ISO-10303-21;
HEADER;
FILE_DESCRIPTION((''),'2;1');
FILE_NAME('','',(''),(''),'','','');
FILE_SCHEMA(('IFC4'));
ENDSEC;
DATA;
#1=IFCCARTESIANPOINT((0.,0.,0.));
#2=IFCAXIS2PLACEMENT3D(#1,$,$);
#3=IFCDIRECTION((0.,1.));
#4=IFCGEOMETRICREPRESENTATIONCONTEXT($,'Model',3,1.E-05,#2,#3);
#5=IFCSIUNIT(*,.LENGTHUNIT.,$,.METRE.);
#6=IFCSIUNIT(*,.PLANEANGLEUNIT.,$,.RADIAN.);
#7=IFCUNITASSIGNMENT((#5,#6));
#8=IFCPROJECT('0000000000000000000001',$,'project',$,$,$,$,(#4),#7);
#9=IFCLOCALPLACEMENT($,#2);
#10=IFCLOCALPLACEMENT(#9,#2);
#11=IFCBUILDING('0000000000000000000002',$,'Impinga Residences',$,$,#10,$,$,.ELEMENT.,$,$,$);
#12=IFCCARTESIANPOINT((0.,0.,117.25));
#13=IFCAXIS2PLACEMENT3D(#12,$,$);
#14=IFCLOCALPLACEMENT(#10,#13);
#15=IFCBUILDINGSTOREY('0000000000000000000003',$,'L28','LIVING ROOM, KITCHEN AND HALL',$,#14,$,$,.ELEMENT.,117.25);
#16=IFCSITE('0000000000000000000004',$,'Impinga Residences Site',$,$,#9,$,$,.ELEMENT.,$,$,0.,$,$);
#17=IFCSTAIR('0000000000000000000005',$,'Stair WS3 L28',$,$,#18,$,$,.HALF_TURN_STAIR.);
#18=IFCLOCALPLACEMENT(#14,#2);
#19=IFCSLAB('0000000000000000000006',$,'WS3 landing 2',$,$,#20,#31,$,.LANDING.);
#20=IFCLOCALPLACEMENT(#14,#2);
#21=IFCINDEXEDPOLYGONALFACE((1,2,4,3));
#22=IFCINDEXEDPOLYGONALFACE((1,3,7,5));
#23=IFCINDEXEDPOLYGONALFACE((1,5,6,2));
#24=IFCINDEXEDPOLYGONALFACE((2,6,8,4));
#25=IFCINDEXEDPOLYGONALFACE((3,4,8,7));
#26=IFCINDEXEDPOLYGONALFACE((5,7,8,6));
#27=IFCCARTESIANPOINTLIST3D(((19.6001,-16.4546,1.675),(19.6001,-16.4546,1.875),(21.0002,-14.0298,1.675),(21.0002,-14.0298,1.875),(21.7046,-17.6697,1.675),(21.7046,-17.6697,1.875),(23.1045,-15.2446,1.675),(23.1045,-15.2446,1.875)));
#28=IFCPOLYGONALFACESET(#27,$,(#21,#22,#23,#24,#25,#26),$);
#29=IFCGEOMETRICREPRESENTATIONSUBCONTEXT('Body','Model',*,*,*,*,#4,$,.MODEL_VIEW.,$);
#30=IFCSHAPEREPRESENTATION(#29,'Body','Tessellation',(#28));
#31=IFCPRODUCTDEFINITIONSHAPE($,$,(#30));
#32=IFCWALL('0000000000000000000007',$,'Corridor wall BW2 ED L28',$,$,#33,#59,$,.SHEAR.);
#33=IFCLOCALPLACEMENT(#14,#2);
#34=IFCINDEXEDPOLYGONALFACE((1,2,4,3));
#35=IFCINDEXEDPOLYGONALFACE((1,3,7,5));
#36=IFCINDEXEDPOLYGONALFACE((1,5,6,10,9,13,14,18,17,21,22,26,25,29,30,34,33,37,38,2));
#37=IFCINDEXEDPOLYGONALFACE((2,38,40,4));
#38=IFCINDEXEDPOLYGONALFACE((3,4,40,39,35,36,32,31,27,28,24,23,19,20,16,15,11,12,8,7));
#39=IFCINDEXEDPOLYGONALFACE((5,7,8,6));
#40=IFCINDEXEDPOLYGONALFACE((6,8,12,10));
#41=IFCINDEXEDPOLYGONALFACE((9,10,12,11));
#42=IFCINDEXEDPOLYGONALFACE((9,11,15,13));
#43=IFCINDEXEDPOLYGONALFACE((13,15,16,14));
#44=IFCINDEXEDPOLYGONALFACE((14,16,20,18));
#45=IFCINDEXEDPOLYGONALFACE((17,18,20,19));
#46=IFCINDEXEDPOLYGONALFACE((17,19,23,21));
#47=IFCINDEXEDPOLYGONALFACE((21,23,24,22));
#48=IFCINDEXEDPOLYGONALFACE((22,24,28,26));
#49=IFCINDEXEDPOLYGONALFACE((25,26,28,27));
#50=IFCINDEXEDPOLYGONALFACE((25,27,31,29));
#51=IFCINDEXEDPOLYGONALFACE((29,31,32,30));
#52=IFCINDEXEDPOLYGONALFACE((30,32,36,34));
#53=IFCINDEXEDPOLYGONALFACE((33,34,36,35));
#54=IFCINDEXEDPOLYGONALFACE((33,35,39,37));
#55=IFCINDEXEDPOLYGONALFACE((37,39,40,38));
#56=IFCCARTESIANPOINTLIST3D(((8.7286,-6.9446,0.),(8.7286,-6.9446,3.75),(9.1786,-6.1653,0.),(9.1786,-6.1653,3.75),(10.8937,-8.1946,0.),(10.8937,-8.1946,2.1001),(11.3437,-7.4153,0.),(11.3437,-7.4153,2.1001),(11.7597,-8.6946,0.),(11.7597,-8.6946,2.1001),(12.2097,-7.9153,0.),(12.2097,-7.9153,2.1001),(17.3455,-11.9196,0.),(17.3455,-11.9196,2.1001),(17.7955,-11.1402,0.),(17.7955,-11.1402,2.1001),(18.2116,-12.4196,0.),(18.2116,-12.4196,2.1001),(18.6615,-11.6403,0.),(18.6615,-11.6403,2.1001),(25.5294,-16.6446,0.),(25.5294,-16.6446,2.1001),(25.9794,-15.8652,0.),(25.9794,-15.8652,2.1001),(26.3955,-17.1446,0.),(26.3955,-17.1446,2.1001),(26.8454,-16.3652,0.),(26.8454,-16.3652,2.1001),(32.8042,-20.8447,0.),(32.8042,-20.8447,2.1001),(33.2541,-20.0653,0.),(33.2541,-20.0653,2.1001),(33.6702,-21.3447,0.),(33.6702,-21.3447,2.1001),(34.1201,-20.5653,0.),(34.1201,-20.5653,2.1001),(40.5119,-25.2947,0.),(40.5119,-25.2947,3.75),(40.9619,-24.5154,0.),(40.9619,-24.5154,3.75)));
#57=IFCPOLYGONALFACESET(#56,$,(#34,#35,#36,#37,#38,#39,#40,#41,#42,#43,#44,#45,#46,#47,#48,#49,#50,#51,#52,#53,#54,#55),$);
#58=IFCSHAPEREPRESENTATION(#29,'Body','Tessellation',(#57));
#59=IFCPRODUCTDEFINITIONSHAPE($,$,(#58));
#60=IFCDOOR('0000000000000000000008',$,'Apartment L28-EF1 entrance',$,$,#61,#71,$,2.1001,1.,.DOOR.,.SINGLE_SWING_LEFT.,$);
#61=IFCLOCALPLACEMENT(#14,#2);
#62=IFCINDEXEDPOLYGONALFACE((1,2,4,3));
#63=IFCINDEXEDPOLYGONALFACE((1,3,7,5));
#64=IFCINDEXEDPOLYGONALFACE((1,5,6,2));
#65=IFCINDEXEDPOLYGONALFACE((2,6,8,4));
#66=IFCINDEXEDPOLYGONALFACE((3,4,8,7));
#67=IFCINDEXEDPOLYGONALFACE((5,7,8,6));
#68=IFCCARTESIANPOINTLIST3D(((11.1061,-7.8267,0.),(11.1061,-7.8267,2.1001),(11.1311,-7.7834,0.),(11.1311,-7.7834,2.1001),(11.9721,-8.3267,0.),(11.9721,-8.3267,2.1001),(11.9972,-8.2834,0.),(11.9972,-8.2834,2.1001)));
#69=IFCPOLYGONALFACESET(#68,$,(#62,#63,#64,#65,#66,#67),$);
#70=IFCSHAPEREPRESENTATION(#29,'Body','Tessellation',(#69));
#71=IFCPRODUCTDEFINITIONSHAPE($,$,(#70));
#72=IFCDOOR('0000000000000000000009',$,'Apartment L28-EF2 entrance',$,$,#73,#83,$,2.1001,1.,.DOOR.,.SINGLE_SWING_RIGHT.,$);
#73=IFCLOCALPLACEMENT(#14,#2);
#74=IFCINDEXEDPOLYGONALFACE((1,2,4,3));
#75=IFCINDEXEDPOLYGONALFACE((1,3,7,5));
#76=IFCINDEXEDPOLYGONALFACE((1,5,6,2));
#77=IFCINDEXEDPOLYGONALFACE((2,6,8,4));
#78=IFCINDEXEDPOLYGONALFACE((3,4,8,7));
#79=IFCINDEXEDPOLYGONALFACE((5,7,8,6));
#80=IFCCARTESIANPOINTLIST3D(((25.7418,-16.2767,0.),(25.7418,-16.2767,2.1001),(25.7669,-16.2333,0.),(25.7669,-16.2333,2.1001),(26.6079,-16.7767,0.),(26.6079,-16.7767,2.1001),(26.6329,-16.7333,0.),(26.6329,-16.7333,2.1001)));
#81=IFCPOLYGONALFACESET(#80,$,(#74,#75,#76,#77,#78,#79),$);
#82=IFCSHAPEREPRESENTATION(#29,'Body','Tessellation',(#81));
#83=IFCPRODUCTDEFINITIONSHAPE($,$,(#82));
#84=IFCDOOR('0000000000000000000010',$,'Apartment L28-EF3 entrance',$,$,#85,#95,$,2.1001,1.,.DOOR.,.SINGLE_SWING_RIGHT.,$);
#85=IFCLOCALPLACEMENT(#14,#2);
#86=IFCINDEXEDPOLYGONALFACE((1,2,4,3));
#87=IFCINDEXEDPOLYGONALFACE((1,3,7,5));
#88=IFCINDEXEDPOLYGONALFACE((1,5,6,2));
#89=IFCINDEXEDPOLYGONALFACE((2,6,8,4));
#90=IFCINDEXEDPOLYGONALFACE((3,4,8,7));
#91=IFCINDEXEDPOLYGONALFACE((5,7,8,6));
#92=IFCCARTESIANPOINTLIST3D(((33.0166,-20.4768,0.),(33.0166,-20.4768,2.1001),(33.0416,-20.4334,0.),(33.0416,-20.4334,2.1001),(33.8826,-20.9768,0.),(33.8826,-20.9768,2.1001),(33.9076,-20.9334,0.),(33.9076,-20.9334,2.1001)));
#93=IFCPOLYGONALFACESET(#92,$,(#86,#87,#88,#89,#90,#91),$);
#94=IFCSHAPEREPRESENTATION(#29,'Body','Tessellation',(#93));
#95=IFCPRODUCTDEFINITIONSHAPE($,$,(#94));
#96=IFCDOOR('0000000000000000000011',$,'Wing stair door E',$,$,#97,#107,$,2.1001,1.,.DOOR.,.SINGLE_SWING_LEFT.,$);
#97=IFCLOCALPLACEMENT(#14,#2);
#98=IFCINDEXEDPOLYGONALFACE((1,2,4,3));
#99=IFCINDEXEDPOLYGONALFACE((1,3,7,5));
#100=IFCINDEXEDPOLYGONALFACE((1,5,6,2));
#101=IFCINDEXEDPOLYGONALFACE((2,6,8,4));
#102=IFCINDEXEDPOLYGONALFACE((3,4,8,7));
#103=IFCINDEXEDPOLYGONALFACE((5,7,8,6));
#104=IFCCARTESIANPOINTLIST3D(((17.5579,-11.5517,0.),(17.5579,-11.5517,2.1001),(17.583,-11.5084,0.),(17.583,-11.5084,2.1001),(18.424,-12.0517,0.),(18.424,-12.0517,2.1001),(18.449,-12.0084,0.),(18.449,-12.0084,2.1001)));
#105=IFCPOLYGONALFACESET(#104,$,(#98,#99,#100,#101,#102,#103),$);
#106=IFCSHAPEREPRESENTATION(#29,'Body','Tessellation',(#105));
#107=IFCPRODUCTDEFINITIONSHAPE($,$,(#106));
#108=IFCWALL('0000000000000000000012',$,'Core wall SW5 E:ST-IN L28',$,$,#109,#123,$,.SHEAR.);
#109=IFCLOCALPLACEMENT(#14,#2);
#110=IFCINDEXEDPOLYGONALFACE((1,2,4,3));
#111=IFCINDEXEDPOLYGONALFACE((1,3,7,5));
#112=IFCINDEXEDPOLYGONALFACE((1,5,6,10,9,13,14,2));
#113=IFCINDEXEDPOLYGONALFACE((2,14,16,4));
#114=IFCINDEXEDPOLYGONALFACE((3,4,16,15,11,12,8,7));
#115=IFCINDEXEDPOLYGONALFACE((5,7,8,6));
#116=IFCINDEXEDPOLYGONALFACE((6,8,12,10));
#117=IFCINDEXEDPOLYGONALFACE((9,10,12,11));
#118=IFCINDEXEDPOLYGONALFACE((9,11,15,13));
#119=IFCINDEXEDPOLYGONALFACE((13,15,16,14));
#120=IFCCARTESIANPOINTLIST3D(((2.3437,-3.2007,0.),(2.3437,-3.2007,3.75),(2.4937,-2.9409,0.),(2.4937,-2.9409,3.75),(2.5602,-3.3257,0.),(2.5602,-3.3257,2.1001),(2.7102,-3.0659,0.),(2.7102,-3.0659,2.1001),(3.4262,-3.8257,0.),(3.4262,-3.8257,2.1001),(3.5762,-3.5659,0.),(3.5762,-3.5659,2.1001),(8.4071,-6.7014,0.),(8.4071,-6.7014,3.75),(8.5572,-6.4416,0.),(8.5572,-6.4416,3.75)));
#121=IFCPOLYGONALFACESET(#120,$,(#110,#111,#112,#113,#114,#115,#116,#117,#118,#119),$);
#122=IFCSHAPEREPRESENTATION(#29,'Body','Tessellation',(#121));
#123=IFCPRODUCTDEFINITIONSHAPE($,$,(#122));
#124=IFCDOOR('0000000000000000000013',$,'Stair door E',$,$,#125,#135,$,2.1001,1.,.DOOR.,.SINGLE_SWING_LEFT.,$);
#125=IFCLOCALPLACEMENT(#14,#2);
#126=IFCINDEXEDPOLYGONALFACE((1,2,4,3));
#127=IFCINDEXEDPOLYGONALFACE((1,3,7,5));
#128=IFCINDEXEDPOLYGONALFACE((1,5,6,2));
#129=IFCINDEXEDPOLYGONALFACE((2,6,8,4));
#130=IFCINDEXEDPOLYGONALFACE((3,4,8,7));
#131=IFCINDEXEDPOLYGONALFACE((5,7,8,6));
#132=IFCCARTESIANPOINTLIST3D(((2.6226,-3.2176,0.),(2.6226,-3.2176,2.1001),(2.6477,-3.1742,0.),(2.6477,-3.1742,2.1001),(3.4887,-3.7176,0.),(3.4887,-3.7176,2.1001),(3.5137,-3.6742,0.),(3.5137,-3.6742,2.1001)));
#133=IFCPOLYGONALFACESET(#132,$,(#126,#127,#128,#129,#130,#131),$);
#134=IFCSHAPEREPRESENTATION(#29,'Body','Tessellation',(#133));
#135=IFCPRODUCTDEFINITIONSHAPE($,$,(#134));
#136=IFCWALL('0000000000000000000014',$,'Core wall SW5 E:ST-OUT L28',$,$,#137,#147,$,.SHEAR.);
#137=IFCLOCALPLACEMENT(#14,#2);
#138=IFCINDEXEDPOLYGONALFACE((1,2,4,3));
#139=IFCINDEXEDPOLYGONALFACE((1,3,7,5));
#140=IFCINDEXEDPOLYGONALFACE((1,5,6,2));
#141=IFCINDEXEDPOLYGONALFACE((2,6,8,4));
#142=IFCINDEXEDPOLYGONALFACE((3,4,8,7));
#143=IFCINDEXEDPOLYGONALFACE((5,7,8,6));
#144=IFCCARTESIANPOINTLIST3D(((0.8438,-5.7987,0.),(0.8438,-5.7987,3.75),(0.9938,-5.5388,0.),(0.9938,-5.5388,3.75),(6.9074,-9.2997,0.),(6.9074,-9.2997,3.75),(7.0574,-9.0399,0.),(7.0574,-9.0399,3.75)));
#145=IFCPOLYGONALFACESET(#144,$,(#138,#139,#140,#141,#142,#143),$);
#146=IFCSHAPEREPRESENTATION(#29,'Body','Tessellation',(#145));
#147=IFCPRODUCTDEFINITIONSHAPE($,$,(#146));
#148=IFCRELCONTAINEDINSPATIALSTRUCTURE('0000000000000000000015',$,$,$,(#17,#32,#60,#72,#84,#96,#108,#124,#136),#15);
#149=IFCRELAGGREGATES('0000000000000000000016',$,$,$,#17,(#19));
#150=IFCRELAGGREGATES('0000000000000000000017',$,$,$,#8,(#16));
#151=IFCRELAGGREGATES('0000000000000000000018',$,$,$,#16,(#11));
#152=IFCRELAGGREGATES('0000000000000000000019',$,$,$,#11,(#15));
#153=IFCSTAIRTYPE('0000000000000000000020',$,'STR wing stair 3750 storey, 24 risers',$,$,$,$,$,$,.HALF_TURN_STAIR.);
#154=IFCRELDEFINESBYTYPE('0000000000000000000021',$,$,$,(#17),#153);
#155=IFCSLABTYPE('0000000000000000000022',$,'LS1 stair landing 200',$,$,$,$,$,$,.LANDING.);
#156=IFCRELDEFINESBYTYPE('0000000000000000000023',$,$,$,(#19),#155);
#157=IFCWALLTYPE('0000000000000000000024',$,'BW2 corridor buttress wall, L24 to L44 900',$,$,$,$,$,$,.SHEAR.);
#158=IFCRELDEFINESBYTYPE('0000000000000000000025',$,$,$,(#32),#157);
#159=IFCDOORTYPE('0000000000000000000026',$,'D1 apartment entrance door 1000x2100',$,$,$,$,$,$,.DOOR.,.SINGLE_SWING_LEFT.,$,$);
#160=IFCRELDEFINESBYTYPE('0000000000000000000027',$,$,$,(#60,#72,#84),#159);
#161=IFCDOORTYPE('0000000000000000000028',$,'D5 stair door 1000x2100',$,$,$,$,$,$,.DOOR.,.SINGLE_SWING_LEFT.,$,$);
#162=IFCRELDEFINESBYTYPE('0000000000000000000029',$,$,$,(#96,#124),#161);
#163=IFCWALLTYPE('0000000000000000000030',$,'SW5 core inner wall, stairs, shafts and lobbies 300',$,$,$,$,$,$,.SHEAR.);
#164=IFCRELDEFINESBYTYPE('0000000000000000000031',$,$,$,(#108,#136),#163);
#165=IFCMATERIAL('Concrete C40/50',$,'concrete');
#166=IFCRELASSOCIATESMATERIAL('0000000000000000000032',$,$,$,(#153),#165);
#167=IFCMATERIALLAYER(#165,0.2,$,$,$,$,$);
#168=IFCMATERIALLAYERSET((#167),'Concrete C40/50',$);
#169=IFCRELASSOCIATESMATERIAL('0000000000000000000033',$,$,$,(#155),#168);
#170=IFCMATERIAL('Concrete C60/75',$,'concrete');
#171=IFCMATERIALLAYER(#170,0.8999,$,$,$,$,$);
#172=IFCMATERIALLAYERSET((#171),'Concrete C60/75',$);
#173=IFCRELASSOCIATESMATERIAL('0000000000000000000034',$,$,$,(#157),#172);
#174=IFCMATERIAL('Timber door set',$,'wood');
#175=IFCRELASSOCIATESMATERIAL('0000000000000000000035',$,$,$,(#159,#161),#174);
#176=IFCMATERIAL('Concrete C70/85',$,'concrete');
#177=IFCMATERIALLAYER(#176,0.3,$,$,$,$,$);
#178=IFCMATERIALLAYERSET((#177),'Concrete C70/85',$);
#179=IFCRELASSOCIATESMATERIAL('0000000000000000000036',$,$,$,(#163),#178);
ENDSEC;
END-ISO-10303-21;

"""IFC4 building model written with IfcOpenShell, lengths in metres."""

from ifc_helpers import new_model, si_unit, direction, frame, frame_2d, origin, place, context, subcontext, project, spatial, polyline, rectangle, outline, extrude, material, layer, layer_set, type_object, element, fill, aggregate, save


model = new_model("IFC4")

# Units and contexts
model_context = context("Model", 3, precision=1e-05, world=origin(), true_north=direction((0.0, 1.0)))
body_context = subcontext(model_context, "Body", "Model", "MODEL_VIEW")
ifc_project = project(units=[si_unit("LENGTHUNIT", "METRE"), si_unit("PLANEANGLEUNIT", "RADIAN")], contexts=[model_context])

# Site, building, storey
site_placement = place(None, origin())
site = spatial("IfcSite", under=ifc_project, at=site_placement, Name="Impinga Residences Site", CompositionType="ELEMENT", RefElevation=0.0)
building_placement = place(site_placement, origin())
building = spatial("IfcBuilding", under=site, at=building_placement, Name="Impinga Residences", CompositionType="ELEMENT")
storey_placement = place(building_placement, frame((0.0, 0.0, 117.25)))
storey = spatial("IfcBuildingStorey", under=building, at=storey_placement, Name="L28", Description="LIVING ROOM, KITCHEN AND HALL", CompositionType="ELEMENT", Elevation=117.25)

# Stair, slab
ifc_material_1 = material(Name="Concrete C40/50", Category="concrete")
stair_type_1 = type_object("IfcStairType", Name="STR wing stair 3750 storey, 24 risers", PredefinedType="HALF_TURN_STAIR", material=ifc_material_1)
stair_1_placement = place(storey_placement, origin())
stair_1 = element("IfcStair", 1, at=stair_1_placement, inside=storey, type_object=stair_type_1, Name="Stair WS3 L28", PredefinedType="HALF_TURN_STAIR")
ifc_layer_1 = layer(ifc_material_1, 0.2)
ifc_layer_set_1 = layer_set([ifc_layer_1], Name="Concrete C40/50")
slab_type = type_object("IfcSlabType", Name="LS1 stair landing 200", PredefinedType="LANDING", material=ifc_layer_set_1)
slab_placement = place(storey_placement, frame((0.0, 0.0, 1.675)))
slab = element("IfcSlab", 2, at=slab_placement, type_object=slab_type, Name="WS3 landing 2", PredefinedType="LANDING", context=body_context, shape_type="SweptSolid", body=[
    extrude(outline(polyline([(21.0002, -14.0298), (19.6001, -16.4546), (21.7046, -17.6697), (23.1045, -15.2446), (21.0002, -14.0298)])), origin(), (0.0, 0.0, 1.0), 0.2),
])
aggregate(stair_1, [slab])

# Wall, openings, doors
ifc_material_2 = material(Name="Concrete C60/75", Category="concrete")
ifc_layer_2 = layer(ifc_material_2, 0.8999)
ifc_layer_set_2 = layer_set([ifc_layer_2], Name="Concrete C60/75")
wall_type_1 = type_object("IfcWallType", Name="BW2 corridor buttress wall, L24 to L44 900", PredefinedType="SHEAR", material=ifc_layer_set_2)
wall_1_placement = place(storey_placement, frame((8.9536, -6.5549, 0.0), z_axis=(0.0, 0.0, 1.0), x_axis=(0.866025, -0.500001, 0.0)))
wall_1 = element("IfcWall", 3, at=wall_1_placement, inside=storey, type_object=wall_type_1, Name="Corridor wall BW2 ED L28", PredefinedType="SHEAR", context=body_context, shape_type="SweptSolid", body=[
    extrude(rectangle(XDim=36.7002, YDim=0.8999, at=frame_2d((18.3501, 0.0))), origin(), (0.0, 0.0, 1.0), 3.75),
])
opening_1_placement = place(wall_1_placement, frame((9.95, 0.0, 0.0)))
opening_1 = element("IfcOpeningElement", 4, at=opening_1_placement, cuts=wall_1, PredefinedType="OPENING", context=body_context, shape_type="SweptSolid", body=[
    extrude(rectangle(XDim=1.0, YDim=2.1001, at=frame_2d((0.5, 1.05))), frame((0.0, 0.46, 0.0), z_axis=(0.0, -1.0, 0.0), x_axis=(1.0, 0.0, 0.0)), (0.0, 0.0, 1.0), 0.9199),
])
opening_2_placement = place(wall_1_placement, frame((2.5, 0.0, 0.0)))
opening_2 = element("IfcOpeningElement", 5, at=opening_2_placement, cuts=wall_1, PredefinedType="OPENING", context=body_context, shape_type="SweptSolid", body=[
    extrude(rectangle(XDim=1.0, YDim=2.1001, at=frame_2d((0.5, 1.05))), frame((0.0, 0.46, 0.0), z_axis=(0.0, -1.0, 0.0), x_axis=(1.0, 0.0, 0.0)), (0.0, 0.0, 1.0), 0.9199),
])
opening_3_placement = place(wall_1_placement, frame((19.3999, 0.0, 0.0)))
opening_3 = element("IfcOpeningElement", 6, at=opening_3_placement, cuts=wall_1, PredefinedType="OPENING", context=body_context, shape_type="SweptSolid", body=[
    extrude(rectangle(XDim=1.0, YDim=2.1001, at=frame_2d((0.5, 1.05))), frame((0.0, 0.46, 0.0), z_axis=(0.0, -1.0, 0.0), x_axis=(1.0, 0.0, 0.0)), (0.0, 0.0, 1.0), 0.9199),
])
opening_4_placement = place(wall_1_placement, frame((27.8, 0.0, 0.0)))
opening_4 = element("IfcOpeningElement", 7, at=opening_4_placement, cuts=wall_1, PredefinedType="OPENING", context=body_context, shape_type="SweptSolid", body=[
    extrude(rectangle(XDim=1.0, YDim=2.1001, at=frame_2d((0.5, 1.05))), frame((0.0, 0.46, 0.0), z_axis=(0.0, -1.0, 0.0), x_axis=(1.0, 0.0, 0.0)), (0.0, 0.0, 1.0), 0.9199),
])
ifc_material_3 = material(Name="Timber door set", Category="wood")
door_type_1 = type_object("IfcDoorType", Name="D1 apartment entrance door 1000x2100", OperationType="SINGLE_SWING_LEFT", PredefinedType="DOOR", material=ifc_material_3)
door_1_placement = place(opening_2_placement, origin())
door_1 = element("IfcDoor", 8, at=door_1_placement, inside=storey, type_object=door_type_1, Name="Apartment L28-EF1 entrance", OperationType="SINGLE_SWING_LEFT", OverallHeight=2.1001, OverallWidth=1.0, PredefinedType="DOOR", context=body_context, shape_type="SweptSolid", body=[
    extrude(rectangle(XDim=1.0, YDim=2.1001, at=frame_2d((0.5, 1.05))), frame((0.0, 0.0249, 0.0), z_axis=(0.0, -1.0, 0.0), x_axis=(1.0, 0.0, 0.0)), (0.0, 0.0, 1.0), 0.05),
])
fill(opening_2, door_1)
door_2_placement = place(opening_3_placement, origin())
door_2 = element("IfcDoor", 9, at=door_2_placement, inside=storey, type_object=door_type_1, Name="Apartment L28-EF2 entrance", OperationType="SINGLE_SWING_RIGHT", OverallHeight=2.1001, OverallWidth=1.0, PredefinedType="DOOR", context=body_context, shape_type="SweptSolid", body=[
    extrude(rectangle(XDim=1.0, YDim=2.1001, at=frame_2d((0.5, 1.05))), frame((0.0, 0.0249, 0.0), z_axis=(0.0, -1.0, 0.0), x_axis=(1.0, 0.0, 0.0)), (0.0, 0.0, 1.0), 0.05),
])
fill(opening_3, door_2)
door_3_placement = place(opening_4_placement, origin())
door_3 = element("IfcDoor", 10, at=door_3_placement, inside=storey, type_object=door_type_1, Name="Apartment L28-EF3 entrance", OperationType="SINGLE_SWING_RIGHT", OverallHeight=2.1001, OverallWidth=1.0, PredefinedType="DOOR", context=body_context, shape_type="SweptSolid", body=[
    extrude(rectangle(XDim=1.0, YDim=2.1001, at=frame_2d((0.5, 1.05))), frame((0.0, 0.0249, 0.0), z_axis=(0.0, -1.0, 0.0), x_axis=(1.0, 0.0, 0.0)), (0.0, 0.0, 1.0), 0.05),
])
fill(opening_4, door_3)
door_type_2 = type_object("IfcDoorType", Name="D5 stair door 1000x2100", OperationType="SINGLE_SWING_LEFT", PredefinedType="DOOR", material=ifc_material_3)
door_4_placement = place(opening_1_placement, origin())
door_4 = element("IfcDoor", 11, at=door_4_placement, inside=storey, type_object=door_type_2, Name="Wing stair door E", OperationType="SINGLE_SWING_LEFT", OverallHeight=2.1001, OverallWidth=1.0, PredefinedType="DOOR", context=body_context, shape_type="SweptSolid", body=[
    extrude(rectangle(XDim=1.0, YDim=2.1001, at=frame_2d((0.5, 1.05))), frame((0.0, 0.0249, 0.0), z_axis=(0.0, -1.0, 0.0), x_axis=(1.0, 0.0, 0.0)), (0.0, 0.0, 1.0), 0.05),
])
fill(opening_1, door_4)

# Wall, opening, door
ifc_material_4 = material(Name="Concrete C70/85", Category="concrete")
ifc_layer_3 = layer(ifc_material_4, 0.3)
ifc_layer_set_3 = layer_set([ifc_layer_3], Name="Concrete C70/85")
wall_type_2 = type_object("IfcWallType", Name="SW5 core inner wall, stairs, shafts and lobbies 300", PredefinedType="SHEAR", material=ifc_layer_set_3)
wall_2_placement = place(storey_placement, frame((2.4187, -3.0708, 0.0), z_axis=(0.0, 0.0, 1.0), x_axis=(0.866026, -0.499998, 0.0)))
wall_2 = element("IfcWall", 12, at=wall_2_placement, inside=storey, type_object=wall_type_2, Name="Core wall SW5 E:ST-IN L28", PredefinedType="SHEAR", context=body_context, shape_type="SweptSolid", body=[
    extrude(rectangle(XDim=7.0015, YDim=0.3, at=frame_2d((3.5007, 0.0))), origin(), (0.0, 0.0, 1.0), 3.75),
])
opening_5_placement = place(wall_2_placement, frame((0.25, 0.0, 0.0)))
opening_5 = element("IfcOpeningElement", 13, at=opening_5_placement, cuts=wall_2, PredefinedType="OPENING", context=body_context, shape_type="SweptSolid", body=[
    extrude(rectangle(XDim=1.0, YDim=2.1001, at=frame_2d((0.5, 1.05))), frame((0.0, 0.1599, 0.0), z_axis=(0.0, -1.0, 0.0), x_axis=(1.0, 0.0, 0.0)), (0.0, 0.0, 1.0), 0.3201),
])
door_5_placement = place(opening_5_placement, origin())
door_5 = element("IfcDoor", 14, at=door_5_placement, inside=storey, type_object=door_type_2, Name="Stair door E", OperationType="SINGLE_SWING_LEFT", OverallHeight=2.1001, OverallWidth=1.0, PredefinedType="DOOR", context=body_context, shape_type="SweptSolid", body=[
    extrude(rectangle(XDim=1.0, YDim=2.1001, at=frame_2d((0.5, 1.05))), frame((0.0, 0.0249, 0.0), z_axis=(0.0, -1.0, 0.0), x_axis=(1.0, 0.0, 0.0)), (0.0, 0.0, 1.0), 0.05),
])
fill(opening_5, door_5)

# Wall
wall_3_placement = place(storey_placement, frame((0.9187, -5.6687, 0.0), z_axis=(0.0, 0.0, 1.0), x_axis=(0.866011, -0.500024, 0.0)))
element("IfcWall", 15, at=wall_3_placement, inside=storey, type_object=wall_type_2, Name="Core wall SW5 E:ST-OUT L28", PredefinedType="SHEAR", context=body_context, shape_type="SweptSolid", body=[
    extrude(rectangle(XDim=7.0017, YDim=0.3, at=frame_2d((3.501, 0.0))), origin(), (0.0, 0.0, 1.0), 3.75),
])

save(model, "model.ifc")
